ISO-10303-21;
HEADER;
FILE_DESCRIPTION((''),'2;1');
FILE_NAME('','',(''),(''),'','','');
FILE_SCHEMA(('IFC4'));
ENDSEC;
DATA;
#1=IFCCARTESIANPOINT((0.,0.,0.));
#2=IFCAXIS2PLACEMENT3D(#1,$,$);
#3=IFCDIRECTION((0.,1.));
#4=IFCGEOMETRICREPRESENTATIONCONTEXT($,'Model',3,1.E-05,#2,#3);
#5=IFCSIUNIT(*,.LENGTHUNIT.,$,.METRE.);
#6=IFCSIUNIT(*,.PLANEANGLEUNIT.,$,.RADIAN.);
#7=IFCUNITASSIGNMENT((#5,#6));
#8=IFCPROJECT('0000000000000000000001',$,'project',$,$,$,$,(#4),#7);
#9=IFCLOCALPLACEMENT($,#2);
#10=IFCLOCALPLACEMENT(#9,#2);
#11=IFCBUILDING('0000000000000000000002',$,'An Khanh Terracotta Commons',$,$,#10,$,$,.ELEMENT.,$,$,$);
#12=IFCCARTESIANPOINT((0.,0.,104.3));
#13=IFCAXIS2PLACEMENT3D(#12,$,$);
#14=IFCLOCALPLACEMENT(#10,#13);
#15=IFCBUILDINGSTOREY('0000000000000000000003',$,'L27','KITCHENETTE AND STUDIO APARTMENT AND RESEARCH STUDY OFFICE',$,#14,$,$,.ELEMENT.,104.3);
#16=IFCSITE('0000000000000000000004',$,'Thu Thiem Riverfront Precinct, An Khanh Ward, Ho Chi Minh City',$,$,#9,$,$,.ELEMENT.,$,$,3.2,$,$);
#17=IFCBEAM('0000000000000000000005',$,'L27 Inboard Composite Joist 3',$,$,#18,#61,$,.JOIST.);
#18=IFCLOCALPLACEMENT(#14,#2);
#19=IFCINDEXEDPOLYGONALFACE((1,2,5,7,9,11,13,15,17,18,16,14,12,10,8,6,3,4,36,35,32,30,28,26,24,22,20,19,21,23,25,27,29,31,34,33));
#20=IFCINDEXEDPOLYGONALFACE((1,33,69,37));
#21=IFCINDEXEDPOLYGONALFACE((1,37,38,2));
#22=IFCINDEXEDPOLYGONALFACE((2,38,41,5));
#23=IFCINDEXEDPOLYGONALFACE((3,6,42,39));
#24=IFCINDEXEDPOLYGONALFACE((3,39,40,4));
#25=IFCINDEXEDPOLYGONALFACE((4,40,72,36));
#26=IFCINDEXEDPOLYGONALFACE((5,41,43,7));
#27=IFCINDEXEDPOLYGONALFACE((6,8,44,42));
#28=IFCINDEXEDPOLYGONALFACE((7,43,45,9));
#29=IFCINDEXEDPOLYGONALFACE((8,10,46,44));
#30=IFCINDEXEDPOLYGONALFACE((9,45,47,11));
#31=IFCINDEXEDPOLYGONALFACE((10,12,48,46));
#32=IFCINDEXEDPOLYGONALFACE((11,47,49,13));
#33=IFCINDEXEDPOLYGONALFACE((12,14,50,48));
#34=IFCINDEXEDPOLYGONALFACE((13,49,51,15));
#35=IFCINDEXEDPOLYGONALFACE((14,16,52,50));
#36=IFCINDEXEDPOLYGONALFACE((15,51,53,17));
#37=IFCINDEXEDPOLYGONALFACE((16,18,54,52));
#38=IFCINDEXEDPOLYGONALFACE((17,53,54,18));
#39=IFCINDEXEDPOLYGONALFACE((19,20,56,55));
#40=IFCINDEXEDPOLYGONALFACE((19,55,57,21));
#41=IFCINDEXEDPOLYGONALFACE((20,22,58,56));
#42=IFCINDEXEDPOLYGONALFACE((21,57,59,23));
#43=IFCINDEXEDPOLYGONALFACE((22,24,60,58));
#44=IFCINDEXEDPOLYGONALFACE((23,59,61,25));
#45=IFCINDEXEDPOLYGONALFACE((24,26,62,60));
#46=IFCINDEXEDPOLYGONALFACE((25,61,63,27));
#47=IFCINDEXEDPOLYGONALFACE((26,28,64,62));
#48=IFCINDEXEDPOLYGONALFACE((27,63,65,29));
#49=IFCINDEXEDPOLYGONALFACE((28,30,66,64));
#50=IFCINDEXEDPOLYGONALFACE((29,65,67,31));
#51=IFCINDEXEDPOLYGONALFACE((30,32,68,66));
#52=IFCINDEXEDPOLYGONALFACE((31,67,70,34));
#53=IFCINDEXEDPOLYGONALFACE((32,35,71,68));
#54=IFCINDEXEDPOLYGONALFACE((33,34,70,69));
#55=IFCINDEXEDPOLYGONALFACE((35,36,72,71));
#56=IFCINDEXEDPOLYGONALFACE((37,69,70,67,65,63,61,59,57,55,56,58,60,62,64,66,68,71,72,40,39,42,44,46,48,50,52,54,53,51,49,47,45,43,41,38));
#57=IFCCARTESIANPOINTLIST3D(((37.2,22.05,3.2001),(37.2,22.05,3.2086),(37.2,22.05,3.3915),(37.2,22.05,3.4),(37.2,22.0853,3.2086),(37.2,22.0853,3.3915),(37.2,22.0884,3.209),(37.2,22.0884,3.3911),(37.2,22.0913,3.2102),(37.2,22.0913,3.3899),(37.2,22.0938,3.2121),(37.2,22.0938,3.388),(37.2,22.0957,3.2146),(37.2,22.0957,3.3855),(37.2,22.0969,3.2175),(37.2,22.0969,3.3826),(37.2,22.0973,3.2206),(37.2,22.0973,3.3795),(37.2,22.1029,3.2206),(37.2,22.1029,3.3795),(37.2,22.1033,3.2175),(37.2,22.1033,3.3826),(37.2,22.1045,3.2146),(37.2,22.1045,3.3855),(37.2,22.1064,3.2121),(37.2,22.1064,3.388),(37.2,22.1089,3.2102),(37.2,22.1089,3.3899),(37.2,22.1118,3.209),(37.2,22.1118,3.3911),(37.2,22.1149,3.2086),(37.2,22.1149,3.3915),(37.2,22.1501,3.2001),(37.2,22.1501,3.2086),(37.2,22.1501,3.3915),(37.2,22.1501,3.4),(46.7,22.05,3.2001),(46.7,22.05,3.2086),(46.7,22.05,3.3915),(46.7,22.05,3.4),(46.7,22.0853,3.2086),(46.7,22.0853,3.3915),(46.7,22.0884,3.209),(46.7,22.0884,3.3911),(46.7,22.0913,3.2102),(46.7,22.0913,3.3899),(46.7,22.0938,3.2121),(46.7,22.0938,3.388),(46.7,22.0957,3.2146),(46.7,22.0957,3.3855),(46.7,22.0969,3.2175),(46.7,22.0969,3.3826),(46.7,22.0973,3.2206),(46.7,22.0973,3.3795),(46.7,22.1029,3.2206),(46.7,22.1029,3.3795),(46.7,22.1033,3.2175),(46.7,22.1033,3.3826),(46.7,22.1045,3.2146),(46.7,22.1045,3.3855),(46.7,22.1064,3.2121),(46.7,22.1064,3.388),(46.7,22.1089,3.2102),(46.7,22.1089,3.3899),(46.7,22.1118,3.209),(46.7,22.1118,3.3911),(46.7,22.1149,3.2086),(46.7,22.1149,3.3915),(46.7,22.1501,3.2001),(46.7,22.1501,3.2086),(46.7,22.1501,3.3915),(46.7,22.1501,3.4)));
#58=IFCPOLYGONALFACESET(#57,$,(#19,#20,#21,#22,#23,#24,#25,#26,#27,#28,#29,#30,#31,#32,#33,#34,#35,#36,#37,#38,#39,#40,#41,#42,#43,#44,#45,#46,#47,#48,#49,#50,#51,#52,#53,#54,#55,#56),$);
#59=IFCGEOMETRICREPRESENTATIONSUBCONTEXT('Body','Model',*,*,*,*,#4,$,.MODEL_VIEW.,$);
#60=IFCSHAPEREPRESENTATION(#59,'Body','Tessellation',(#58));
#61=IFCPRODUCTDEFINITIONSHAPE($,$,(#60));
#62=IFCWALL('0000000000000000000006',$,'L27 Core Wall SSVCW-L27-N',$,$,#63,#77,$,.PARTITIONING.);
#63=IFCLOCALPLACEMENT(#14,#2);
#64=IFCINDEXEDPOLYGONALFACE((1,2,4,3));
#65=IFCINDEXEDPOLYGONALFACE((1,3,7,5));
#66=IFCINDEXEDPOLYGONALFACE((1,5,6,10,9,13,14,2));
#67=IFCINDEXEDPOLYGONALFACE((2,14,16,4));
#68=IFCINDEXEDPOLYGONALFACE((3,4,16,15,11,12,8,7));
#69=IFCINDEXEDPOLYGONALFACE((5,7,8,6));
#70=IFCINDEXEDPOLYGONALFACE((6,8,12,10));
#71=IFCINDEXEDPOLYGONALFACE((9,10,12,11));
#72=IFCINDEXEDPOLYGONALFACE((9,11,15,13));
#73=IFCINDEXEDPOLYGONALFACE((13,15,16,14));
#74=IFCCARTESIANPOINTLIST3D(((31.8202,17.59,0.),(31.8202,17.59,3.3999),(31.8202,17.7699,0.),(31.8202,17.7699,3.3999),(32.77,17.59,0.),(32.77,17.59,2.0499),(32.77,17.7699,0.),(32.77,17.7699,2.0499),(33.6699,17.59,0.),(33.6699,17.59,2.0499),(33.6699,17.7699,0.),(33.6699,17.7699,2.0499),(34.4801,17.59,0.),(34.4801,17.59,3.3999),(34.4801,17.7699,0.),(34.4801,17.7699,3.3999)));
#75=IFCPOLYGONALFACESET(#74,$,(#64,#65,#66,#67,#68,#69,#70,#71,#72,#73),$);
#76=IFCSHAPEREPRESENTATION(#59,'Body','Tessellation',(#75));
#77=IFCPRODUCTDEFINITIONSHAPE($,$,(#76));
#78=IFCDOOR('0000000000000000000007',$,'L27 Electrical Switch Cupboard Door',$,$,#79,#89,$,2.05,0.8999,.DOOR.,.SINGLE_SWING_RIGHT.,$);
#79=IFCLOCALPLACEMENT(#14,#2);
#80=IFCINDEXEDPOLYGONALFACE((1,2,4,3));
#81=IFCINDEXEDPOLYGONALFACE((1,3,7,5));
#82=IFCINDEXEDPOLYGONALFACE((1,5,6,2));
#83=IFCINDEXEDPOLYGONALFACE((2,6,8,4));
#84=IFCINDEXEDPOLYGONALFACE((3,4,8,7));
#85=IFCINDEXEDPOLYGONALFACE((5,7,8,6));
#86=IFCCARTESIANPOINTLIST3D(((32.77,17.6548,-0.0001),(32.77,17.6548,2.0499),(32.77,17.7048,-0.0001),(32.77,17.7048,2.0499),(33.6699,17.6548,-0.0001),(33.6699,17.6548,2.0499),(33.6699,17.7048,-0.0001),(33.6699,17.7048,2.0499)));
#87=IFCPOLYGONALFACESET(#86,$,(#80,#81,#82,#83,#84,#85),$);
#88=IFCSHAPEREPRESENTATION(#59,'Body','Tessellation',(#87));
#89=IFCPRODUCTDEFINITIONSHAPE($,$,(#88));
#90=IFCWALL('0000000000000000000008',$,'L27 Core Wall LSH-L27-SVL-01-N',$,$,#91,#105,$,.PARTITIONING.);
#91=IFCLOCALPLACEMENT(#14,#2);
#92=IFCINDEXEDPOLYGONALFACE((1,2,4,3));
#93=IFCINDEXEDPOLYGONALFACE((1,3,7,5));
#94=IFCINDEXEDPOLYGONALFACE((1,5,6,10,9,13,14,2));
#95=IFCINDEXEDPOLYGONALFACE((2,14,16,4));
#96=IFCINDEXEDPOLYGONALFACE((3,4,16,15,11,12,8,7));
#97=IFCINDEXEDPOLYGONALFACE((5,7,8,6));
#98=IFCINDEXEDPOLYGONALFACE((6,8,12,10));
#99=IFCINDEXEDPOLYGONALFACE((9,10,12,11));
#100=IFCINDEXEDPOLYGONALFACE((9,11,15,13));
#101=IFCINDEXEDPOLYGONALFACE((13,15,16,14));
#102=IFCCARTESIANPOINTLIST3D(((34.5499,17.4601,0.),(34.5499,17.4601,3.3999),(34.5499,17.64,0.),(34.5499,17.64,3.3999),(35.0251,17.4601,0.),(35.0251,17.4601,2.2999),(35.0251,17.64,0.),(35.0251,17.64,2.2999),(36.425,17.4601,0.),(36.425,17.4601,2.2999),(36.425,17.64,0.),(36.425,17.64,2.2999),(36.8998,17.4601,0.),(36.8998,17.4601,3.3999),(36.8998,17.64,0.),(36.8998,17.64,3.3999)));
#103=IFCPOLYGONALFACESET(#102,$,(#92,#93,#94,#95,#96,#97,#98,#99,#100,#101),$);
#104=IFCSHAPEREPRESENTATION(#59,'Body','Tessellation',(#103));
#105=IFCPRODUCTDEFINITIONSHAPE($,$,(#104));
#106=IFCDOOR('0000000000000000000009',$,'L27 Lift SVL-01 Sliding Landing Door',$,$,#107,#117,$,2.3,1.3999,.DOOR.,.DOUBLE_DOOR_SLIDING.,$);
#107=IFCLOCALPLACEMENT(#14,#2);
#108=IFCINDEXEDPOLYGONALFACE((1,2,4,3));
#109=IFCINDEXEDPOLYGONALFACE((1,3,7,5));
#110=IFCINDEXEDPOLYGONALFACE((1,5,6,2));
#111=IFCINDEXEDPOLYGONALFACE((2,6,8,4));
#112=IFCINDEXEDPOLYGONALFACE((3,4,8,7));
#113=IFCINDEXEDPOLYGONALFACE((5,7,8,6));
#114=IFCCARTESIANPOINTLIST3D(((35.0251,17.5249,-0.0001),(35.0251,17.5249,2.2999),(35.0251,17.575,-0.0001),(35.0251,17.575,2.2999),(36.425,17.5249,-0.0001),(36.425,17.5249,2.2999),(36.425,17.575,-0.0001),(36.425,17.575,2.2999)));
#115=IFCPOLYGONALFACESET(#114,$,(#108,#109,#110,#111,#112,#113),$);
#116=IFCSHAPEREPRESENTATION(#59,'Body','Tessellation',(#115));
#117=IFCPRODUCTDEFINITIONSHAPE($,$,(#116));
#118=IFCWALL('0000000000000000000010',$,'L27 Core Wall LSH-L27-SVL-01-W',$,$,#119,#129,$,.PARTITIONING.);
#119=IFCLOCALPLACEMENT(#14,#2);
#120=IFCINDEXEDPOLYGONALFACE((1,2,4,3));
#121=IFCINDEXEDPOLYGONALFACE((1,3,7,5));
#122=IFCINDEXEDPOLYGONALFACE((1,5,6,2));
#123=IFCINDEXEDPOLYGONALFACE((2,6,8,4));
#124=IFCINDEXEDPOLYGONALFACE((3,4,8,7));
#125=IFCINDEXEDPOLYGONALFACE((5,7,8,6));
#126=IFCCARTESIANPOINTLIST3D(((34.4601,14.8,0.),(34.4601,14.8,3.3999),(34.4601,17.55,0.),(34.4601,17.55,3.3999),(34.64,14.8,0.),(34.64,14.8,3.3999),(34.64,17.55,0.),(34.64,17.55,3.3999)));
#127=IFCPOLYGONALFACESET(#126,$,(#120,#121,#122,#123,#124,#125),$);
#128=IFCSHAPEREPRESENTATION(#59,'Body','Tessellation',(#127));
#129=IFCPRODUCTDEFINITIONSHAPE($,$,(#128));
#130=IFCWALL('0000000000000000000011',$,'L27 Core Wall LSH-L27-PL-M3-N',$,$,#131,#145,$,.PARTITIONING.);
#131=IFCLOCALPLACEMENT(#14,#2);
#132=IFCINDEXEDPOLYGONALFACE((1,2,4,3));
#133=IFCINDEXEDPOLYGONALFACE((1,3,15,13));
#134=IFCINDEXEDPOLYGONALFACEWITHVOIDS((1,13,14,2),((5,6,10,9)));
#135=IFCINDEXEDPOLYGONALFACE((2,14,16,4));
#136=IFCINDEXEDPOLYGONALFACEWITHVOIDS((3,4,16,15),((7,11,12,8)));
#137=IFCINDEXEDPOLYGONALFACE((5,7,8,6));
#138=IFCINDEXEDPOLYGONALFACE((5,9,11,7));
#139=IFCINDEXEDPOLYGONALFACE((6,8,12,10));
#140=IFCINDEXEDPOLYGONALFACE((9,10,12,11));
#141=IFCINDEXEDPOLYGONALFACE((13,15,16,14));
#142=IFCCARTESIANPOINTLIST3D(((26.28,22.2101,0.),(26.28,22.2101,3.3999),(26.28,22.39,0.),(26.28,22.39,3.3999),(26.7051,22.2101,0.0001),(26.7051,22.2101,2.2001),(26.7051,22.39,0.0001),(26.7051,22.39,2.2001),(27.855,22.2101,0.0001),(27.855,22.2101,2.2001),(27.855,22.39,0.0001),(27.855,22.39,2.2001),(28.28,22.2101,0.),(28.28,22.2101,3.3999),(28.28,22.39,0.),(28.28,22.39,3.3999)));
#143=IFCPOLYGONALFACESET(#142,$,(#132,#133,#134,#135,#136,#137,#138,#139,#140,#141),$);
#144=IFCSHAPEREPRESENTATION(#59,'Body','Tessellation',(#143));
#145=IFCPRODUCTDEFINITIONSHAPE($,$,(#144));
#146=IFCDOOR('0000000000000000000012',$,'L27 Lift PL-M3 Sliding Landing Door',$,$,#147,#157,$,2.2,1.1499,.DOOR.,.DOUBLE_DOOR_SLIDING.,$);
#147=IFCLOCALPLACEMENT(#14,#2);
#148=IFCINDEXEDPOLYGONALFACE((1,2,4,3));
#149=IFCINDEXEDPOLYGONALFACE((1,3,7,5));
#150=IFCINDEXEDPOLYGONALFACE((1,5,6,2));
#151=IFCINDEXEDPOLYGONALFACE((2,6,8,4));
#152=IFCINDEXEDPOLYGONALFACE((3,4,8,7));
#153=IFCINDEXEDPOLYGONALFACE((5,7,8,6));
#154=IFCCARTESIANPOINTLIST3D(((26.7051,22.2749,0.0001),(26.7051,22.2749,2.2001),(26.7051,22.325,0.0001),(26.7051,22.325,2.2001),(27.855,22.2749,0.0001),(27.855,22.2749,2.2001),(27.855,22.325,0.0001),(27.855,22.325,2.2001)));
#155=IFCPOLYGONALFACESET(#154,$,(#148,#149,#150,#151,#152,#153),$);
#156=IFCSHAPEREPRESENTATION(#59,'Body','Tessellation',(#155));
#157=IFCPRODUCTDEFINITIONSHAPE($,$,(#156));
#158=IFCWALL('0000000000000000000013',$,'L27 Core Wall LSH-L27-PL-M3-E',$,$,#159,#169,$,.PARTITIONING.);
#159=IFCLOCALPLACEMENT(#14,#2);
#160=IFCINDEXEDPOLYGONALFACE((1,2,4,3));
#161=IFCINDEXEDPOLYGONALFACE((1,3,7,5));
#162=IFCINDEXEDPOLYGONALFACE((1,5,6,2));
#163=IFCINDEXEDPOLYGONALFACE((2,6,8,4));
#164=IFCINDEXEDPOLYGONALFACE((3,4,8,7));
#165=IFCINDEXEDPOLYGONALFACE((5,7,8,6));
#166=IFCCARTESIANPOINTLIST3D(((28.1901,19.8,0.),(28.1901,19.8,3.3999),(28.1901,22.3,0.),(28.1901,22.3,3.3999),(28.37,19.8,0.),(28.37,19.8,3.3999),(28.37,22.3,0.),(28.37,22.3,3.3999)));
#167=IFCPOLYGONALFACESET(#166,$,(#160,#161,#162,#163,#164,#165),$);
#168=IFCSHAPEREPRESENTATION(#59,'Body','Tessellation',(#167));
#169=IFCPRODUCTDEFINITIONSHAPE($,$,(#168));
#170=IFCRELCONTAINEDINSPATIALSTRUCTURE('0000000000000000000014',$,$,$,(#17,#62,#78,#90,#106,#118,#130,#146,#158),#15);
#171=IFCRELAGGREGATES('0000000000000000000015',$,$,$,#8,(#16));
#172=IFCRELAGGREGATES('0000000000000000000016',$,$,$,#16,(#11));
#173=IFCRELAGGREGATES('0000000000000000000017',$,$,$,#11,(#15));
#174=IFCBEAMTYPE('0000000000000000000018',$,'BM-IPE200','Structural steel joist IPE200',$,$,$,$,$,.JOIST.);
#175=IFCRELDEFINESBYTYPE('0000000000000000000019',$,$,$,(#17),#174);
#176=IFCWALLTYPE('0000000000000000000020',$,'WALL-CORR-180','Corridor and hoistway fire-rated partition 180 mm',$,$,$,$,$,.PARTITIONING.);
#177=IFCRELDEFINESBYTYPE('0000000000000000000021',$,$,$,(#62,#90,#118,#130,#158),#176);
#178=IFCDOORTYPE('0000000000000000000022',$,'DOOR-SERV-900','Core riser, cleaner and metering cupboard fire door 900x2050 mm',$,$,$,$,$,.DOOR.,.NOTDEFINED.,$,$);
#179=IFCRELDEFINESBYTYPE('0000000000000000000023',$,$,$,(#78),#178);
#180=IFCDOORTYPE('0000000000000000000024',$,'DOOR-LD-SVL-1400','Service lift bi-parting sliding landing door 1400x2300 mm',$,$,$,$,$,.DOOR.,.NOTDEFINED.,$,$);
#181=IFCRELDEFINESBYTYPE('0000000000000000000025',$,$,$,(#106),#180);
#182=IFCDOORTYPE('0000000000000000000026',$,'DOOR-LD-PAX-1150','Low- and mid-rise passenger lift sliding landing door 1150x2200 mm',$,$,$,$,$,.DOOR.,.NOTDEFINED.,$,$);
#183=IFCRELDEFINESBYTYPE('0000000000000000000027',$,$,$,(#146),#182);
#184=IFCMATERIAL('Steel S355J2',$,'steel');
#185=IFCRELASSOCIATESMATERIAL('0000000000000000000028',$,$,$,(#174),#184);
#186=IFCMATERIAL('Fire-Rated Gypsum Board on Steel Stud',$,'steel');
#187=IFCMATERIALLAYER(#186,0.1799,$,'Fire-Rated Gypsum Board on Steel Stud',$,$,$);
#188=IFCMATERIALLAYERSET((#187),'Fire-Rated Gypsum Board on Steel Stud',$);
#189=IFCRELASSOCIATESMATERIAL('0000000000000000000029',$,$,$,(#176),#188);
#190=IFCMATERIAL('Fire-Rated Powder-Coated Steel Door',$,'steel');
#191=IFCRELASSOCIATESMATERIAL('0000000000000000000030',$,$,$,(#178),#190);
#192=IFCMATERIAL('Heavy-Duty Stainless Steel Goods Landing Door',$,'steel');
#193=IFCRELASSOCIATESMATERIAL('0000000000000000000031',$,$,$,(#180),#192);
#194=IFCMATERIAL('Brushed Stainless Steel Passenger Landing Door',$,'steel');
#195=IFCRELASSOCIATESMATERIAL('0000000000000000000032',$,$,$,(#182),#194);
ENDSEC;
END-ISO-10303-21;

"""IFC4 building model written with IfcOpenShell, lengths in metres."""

from ifc_helpers import new_model, si_unit, direction, frame, frame_2d, origin, origin_2d, place, context, subcontext, project, spatial, rectangle, i_section, extrude, material, layer, layer_set, material_profile, profile_set, type_object, element, fill, save


model = new_model("IFC4")

# Units and contexts
model_context = context("Model", 3, precision=1e-05, world=origin(), true_north=direction((0.0, 1.0)))
body_context = subcontext(model_context, "Body", "Model", "MODEL_VIEW")
ifc_project = project(units=[si_unit("LENGTHUNIT", "METRE"), si_unit("PLANEANGLEUNIT", "RADIAN")], contexts=[model_context])

# Site, building, storey
site_placement = place(None, origin())
site = spatial("IfcSite", under=ifc_project, at=site_placement, Name="Thu Thiem Riverfront Precinct, An Khanh Ward, Ho Chi Minh City", CompositionType="ELEMENT", RefElevation=3.2)
building_placement = place(site_placement, origin())
building = spatial("IfcBuilding", under=site, at=building_placement, Name="An Khanh Terracotta Commons", CompositionType="ELEMENT")
storey_placement = place(building_placement, frame((0.0, 0.0, 104.3)))
storey = spatial("IfcBuildingStorey", under=building, at=storey_placement, Name="L27", Description="KITCHENETTE AND STUDIO APARTMENT AND RESEARCH STUDY OFFICE", CompositionType="ELEMENT", Elevation=104.3)

# Beam
ifc_material_1 = material(Name="Steel S355J2", Category="steel")
ifc_material_profile_1 = material_profile(ifc_material_1, i_section(OverallWidth=0.1001, OverallDepth=0.2, WebThickness=0.0056, FlangeThickness=0.0085, FilletRadius=0.012, at=origin_2d()), Name="IPE200")
ifc_profile_set_1 = profile_set([ifc_material_profile_1], Name="Steel S355J2")
beam_type_1 = type_object("IfcBeamType", Name="BM-IPE200", Description="Structural steel joist IPE200", PredefinedType="JOIST", material=ifc_profile_set_1)
for number, where, z_axis, x_axis, name in (
    (1, (37.2, 22.1001, 3.3), (1.0, 0.0, 0.0), (0.0, 1.0, 0.0), "L27 Inboard Composite Joist 3"),
):
    element("IfcBeam", number, at=place(storey_placement, frame(where, z_axis=z_axis, x_axis=x_axis)), inside=storey, type_object=beam_type_1, Name=name, PredefinedType="JOIST", context=body_context, shape_type="SweptSolid", body=[
        extrude(i_section(OverallWidth=0.1001, OverallDepth=0.2, WebThickness=0.0056, FlangeThickness=0.0085, FilletRadius=0.012, at=origin_2d()), origin(), (0.0, 0.0, 1.0), 9.5),
    ])

# Walls, openings, doors
ifc_material_2 = material(Name="Fire-Rated Gypsum Board on Steel Stud", Category="steel")
ifc_layer = layer(ifc_material_2, 0.1799, Name="Fire-Rated Gypsum Board on Steel Stud")
ifc_layer_set = layer_set([ifc_layer], Name="Fire-Rated Gypsum Board on Steel Stud")
wall_type = type_object("IfcWallType", Name="WALL-CORR-180", Description="Corridor and hoistway fire-rated partition 180 mm", PredefinedType="PARTITIONING", material=ifc_layer_set)
wall_1_placement = place(storey_placement, frame((31.8201, 17.6799, 0.0), z_axis=(0.0, 0.0, 1.0), x_axis=(1.0, 0.0, 0.0)))
wall_1 = element("IfcWall", 2, at=wall_1_placement, inside=storey, type_object=wall_type, Name="L27 Core Wall SSVCW-L27-N", PredefinedType="PARTITIONING", context=body_context, shape_type="SweptSolid", body=[
    extrude(rectangle(XDim=2.6599, YDim=0.1799, at=frame_2d((1.3301, 0.0))), origin(), (0.0, 0.0, 1.0), 3.3999),
])
opening_1_placement = place(wall_1_placement, frame((0.95, 0.0, 0.0)))
opening_1 = element("IfcOpeningElement", 3, at=opening_1_placement, cuts=wall_1, PredefinedType="OPENING", context=body_context, shape_type="SweptSolid", body=[
    extrude(rectangle(XDim=0.8999, YDim=2.05, at=frame_2d((0.45, 1.0249))), frame((0.0, 0.0999, 0.0), z_axis=(0.0, -1.0, 0.0), x_axis=(1.0, 0.0, 0.0)), (0.0, 0.0, 1.0), 0.2),
])
ifc_material_3 = material(Name="Fire-Rated Powder-Coated Steel Door", Category="steel")
door_type_1 = type_object("IfcDoorType", Name="DOOR-SERV-900", Description="Core riser, cleaner and metering cupboard fire door 900x2050 mm", OperationType="NOTDEFINED", PredefinedType="DOOR", material=ifc_material_3)
door_1_placement = place(opening_1_placement, origin())
door_1 = element("IfcDoor", 4, at=door_1_placement, inside=storey, type_object=door_type_1, Name="L27 Electrical Switch Cupboard Door", OperationType="SINGLE_SWING_RIGHT", OverallHeight=2.05, OverallWidth=0.8999, PredefinedType="DOOR", context=body_context, shape_type="SweptSolid", body=[
    extrude(rectangle(XDim=0.8999, YDim=2.05, at=frame_2d((0.45, 1.0249))), frame((0.0, 0.0249, 0.0), z_axis=(0.0, -1.0, 0.0), x_axis=(1.0, 0.0, 0.0)), (0.0, 0.0, 1.0), 0.05),
])
fill(opening_1, door_1)
wall_2_placement = place(storey_placement, frame((34.55, 17.55, 0.0), z_axis=(0.0, 0.0, 1.0), x_axis=(1.0, 0.0, 0.0)))
wall_2 = element("IfcWall", 5, at=wall_2_placement, inside=storey, type_object=wall_type, Name="L27 Core Wall LSH-L27-SVL-01-N", PredefinedType="PARTITIONING", context=body_context, shape_type="SweptSolid", body=[
    extrude(rectangle(XDim=2.3499, YDim=0.1799, at=frame_2d((1.1748, 0.0))), origin(), (0.0, 0.0, 1.0), 3.3999),
])
opening_2_placement = place(wall_2_placement, frame((0.4751, 0.0, 0.0)))
opening_2 = element("IfcOpeningElement", 6, at=opening_2_placement, cuts=wall_2, PredefinedType="OPENING", context=body_context, shape_type="SweptSolid", body=[
    extrude(rectangle(XDim=1.3999, YDim=2.3, at=frame_2d((0.7, 1.1499))), frame((0.0, 0.0999, 0.0), z_axis=(0.0, -1.0, 0.0), x_axis=(1.0, 0.0, 0.0)), (0.0, 0.0, 1.0), 0.2),
])
ifc_material_4 = material(Name="Heavy-Duty Stainless Steel Goods Landing Door", Category="steel")
door_type_2 = type_object("IfcDoorType", Name="DOOR-LD-SVL-1400", Description="Service lift bi-parting sliding landing door 1400x2300 mm", OperationType="NOTDEFINED", PredefinedType="DOOR", material=ifc_material_4)
door_2_placement = place(opening_2_placement, origin())
door_2 = element("IfcDoor", 7, at=door_2_placement, inside=storey, type_object=door_type_2, Name="L27 Lift SVL-01 Sliding Landing Door", OperationType="DOUBLE_DOOR_SLIDING", OverallHeight=2.3, OverallWidth=1.3999, PredefinedType="DOOR", context=body_context, shape_type="SweptSolid", body=[
    extrude(rectangle(XDim=1.3999, YDim=2.3, at=frame_2d((0.7, 1.1499))), frame((0.0, 0.0249, 0.0), z_axis=(0.0, -1.0, 0.0), x_axis=(1.0, 0.0, 0.0)), (0.0, 0.0, 1.0), 0.05),
])
fill(opening_2, door_2)

# Wall
wall_3_placement = place(storey_placement, frame((34.55, 17.55, 0.0), z_axis=(0.0, 0.0, 1.0), x_axis=(0.0, -1.0, 0.0)))
element("IfcWall", 8, at=wall_3_placement, inside=storey, type_object=wall_type, Name="L27 Core Wall LSH-L27-SVL-01-W", PredefinedType="PARTITIONING", context=body_context, shape_type="SweptSolid", body=[
    extrude(rectangle(XDim=2.75, YDim=0.1799, at=frame_2d((1.375, 0.0))), origin(), (0.0, 0.0, 1.0), 3.3999),
])

# Wall, opening, door
wall_4_placement = place(storey_placement, frame((26.28, 22.3, 0.0), z_axis=(0.0, 0.0, 1.0), x_axis=(1.0, 0.0, 0.0)))
wall_4 = element("IfcWall", 9, at=wall_4_placement, inside=storey, type_object=wall_type, Name="L27 Core Wall LSH-L27-PL-M3-N", PredefinedType="PARTITIONING", context=body_context, shape_type="SweptSolid", body=[
    extrude(rectangle(XDim=2.0, YDim=0.1799, at=frame_2d((1.0, 0.0))), origin(), (0.0, 0.0, 1.0), 3.3999),
])
opening_3_placement = place(wall_4_placement, frame((0.425, 0.0, 0.0)))
opening_3 = element("IfcOpeningElement", 10, at=opening_3_placement, cuts=wall_4, PredefinedType="OPENING", context=body_context, shape_type="SweptSolid", body=[
    extrude(rectangle(XDim=1.1499, YDim=2.2, at=frame_2d((0.575, 1.1001))), frame((0.0, 0.0999, 0.0), z_axis=(0.0, -1.0, 0.0), x_axis=(1.0, 0.0, 0.0)), (0.0, 0.0, 1.0), 0.2),
])
ifc_material_5 = material(Name="Brushed Stainless Steel Passenger Landing Door", Category="steel")
door_type_3 = type_object("IfcDoorType", Name="DOOR-LD-PAX-1150", Description="Low- and mid-rise passenger lift sliding landing door 1150x2200 mm", OperationType="NOTDEFINED", PredefinedType="DOOR", material=ifc_material_5)
door_3_placement = place(opening_3_placement, origin())
door_3 = element("IfcDoor", 11, at=door_3_placement, inside=storey, type_object=door_type_3, Name="L27 Lift PL-M3 Sliding Landing Door", OperationType="DOUBLE_DOOR_SLIDING", OverallHeight=2.2, OverallWidth=1.1499, PredefinedType="DOOR", context=body_context, shape_type="SweptSolid", body=[
    extrude(rectangle(XDim=1.1499, YDim=2.2, at=frame_2d((0.575, 1.1001))), frame((0.0, 0.0249, 0.0), z_axis=(0.0, -1.0, 0.0), x_axis=(1.0, 0.0, 0.0)), (0.0, 0.0, 1.0), 0.05),
])
fill(opening_3, door_3)

# Wall
wall_5_placement = place(storey_placement, frame((28.28, 19.8, 0.0), z_axis=(0.0, 0.0, 1.0), x_axis=(0.0, 1.0, 0.0)))
element("IfcWall", 12, at=wall_5_placement, inside=storey, type_object=wall_type, Name="L27 Core Wall LSH-L27-PL-M3-E", PredefinedType="PARTITIONING", context=body_context, shape_type="SweptSolid", body=[
    extrude(rectangle(XDim=2.5, YDim=0.1799, at=frame_2d((1.25, 0.0))), origin(), (0.0, 0.0, 1.0), 3.3999),
])

save(model, "model.ifc")
